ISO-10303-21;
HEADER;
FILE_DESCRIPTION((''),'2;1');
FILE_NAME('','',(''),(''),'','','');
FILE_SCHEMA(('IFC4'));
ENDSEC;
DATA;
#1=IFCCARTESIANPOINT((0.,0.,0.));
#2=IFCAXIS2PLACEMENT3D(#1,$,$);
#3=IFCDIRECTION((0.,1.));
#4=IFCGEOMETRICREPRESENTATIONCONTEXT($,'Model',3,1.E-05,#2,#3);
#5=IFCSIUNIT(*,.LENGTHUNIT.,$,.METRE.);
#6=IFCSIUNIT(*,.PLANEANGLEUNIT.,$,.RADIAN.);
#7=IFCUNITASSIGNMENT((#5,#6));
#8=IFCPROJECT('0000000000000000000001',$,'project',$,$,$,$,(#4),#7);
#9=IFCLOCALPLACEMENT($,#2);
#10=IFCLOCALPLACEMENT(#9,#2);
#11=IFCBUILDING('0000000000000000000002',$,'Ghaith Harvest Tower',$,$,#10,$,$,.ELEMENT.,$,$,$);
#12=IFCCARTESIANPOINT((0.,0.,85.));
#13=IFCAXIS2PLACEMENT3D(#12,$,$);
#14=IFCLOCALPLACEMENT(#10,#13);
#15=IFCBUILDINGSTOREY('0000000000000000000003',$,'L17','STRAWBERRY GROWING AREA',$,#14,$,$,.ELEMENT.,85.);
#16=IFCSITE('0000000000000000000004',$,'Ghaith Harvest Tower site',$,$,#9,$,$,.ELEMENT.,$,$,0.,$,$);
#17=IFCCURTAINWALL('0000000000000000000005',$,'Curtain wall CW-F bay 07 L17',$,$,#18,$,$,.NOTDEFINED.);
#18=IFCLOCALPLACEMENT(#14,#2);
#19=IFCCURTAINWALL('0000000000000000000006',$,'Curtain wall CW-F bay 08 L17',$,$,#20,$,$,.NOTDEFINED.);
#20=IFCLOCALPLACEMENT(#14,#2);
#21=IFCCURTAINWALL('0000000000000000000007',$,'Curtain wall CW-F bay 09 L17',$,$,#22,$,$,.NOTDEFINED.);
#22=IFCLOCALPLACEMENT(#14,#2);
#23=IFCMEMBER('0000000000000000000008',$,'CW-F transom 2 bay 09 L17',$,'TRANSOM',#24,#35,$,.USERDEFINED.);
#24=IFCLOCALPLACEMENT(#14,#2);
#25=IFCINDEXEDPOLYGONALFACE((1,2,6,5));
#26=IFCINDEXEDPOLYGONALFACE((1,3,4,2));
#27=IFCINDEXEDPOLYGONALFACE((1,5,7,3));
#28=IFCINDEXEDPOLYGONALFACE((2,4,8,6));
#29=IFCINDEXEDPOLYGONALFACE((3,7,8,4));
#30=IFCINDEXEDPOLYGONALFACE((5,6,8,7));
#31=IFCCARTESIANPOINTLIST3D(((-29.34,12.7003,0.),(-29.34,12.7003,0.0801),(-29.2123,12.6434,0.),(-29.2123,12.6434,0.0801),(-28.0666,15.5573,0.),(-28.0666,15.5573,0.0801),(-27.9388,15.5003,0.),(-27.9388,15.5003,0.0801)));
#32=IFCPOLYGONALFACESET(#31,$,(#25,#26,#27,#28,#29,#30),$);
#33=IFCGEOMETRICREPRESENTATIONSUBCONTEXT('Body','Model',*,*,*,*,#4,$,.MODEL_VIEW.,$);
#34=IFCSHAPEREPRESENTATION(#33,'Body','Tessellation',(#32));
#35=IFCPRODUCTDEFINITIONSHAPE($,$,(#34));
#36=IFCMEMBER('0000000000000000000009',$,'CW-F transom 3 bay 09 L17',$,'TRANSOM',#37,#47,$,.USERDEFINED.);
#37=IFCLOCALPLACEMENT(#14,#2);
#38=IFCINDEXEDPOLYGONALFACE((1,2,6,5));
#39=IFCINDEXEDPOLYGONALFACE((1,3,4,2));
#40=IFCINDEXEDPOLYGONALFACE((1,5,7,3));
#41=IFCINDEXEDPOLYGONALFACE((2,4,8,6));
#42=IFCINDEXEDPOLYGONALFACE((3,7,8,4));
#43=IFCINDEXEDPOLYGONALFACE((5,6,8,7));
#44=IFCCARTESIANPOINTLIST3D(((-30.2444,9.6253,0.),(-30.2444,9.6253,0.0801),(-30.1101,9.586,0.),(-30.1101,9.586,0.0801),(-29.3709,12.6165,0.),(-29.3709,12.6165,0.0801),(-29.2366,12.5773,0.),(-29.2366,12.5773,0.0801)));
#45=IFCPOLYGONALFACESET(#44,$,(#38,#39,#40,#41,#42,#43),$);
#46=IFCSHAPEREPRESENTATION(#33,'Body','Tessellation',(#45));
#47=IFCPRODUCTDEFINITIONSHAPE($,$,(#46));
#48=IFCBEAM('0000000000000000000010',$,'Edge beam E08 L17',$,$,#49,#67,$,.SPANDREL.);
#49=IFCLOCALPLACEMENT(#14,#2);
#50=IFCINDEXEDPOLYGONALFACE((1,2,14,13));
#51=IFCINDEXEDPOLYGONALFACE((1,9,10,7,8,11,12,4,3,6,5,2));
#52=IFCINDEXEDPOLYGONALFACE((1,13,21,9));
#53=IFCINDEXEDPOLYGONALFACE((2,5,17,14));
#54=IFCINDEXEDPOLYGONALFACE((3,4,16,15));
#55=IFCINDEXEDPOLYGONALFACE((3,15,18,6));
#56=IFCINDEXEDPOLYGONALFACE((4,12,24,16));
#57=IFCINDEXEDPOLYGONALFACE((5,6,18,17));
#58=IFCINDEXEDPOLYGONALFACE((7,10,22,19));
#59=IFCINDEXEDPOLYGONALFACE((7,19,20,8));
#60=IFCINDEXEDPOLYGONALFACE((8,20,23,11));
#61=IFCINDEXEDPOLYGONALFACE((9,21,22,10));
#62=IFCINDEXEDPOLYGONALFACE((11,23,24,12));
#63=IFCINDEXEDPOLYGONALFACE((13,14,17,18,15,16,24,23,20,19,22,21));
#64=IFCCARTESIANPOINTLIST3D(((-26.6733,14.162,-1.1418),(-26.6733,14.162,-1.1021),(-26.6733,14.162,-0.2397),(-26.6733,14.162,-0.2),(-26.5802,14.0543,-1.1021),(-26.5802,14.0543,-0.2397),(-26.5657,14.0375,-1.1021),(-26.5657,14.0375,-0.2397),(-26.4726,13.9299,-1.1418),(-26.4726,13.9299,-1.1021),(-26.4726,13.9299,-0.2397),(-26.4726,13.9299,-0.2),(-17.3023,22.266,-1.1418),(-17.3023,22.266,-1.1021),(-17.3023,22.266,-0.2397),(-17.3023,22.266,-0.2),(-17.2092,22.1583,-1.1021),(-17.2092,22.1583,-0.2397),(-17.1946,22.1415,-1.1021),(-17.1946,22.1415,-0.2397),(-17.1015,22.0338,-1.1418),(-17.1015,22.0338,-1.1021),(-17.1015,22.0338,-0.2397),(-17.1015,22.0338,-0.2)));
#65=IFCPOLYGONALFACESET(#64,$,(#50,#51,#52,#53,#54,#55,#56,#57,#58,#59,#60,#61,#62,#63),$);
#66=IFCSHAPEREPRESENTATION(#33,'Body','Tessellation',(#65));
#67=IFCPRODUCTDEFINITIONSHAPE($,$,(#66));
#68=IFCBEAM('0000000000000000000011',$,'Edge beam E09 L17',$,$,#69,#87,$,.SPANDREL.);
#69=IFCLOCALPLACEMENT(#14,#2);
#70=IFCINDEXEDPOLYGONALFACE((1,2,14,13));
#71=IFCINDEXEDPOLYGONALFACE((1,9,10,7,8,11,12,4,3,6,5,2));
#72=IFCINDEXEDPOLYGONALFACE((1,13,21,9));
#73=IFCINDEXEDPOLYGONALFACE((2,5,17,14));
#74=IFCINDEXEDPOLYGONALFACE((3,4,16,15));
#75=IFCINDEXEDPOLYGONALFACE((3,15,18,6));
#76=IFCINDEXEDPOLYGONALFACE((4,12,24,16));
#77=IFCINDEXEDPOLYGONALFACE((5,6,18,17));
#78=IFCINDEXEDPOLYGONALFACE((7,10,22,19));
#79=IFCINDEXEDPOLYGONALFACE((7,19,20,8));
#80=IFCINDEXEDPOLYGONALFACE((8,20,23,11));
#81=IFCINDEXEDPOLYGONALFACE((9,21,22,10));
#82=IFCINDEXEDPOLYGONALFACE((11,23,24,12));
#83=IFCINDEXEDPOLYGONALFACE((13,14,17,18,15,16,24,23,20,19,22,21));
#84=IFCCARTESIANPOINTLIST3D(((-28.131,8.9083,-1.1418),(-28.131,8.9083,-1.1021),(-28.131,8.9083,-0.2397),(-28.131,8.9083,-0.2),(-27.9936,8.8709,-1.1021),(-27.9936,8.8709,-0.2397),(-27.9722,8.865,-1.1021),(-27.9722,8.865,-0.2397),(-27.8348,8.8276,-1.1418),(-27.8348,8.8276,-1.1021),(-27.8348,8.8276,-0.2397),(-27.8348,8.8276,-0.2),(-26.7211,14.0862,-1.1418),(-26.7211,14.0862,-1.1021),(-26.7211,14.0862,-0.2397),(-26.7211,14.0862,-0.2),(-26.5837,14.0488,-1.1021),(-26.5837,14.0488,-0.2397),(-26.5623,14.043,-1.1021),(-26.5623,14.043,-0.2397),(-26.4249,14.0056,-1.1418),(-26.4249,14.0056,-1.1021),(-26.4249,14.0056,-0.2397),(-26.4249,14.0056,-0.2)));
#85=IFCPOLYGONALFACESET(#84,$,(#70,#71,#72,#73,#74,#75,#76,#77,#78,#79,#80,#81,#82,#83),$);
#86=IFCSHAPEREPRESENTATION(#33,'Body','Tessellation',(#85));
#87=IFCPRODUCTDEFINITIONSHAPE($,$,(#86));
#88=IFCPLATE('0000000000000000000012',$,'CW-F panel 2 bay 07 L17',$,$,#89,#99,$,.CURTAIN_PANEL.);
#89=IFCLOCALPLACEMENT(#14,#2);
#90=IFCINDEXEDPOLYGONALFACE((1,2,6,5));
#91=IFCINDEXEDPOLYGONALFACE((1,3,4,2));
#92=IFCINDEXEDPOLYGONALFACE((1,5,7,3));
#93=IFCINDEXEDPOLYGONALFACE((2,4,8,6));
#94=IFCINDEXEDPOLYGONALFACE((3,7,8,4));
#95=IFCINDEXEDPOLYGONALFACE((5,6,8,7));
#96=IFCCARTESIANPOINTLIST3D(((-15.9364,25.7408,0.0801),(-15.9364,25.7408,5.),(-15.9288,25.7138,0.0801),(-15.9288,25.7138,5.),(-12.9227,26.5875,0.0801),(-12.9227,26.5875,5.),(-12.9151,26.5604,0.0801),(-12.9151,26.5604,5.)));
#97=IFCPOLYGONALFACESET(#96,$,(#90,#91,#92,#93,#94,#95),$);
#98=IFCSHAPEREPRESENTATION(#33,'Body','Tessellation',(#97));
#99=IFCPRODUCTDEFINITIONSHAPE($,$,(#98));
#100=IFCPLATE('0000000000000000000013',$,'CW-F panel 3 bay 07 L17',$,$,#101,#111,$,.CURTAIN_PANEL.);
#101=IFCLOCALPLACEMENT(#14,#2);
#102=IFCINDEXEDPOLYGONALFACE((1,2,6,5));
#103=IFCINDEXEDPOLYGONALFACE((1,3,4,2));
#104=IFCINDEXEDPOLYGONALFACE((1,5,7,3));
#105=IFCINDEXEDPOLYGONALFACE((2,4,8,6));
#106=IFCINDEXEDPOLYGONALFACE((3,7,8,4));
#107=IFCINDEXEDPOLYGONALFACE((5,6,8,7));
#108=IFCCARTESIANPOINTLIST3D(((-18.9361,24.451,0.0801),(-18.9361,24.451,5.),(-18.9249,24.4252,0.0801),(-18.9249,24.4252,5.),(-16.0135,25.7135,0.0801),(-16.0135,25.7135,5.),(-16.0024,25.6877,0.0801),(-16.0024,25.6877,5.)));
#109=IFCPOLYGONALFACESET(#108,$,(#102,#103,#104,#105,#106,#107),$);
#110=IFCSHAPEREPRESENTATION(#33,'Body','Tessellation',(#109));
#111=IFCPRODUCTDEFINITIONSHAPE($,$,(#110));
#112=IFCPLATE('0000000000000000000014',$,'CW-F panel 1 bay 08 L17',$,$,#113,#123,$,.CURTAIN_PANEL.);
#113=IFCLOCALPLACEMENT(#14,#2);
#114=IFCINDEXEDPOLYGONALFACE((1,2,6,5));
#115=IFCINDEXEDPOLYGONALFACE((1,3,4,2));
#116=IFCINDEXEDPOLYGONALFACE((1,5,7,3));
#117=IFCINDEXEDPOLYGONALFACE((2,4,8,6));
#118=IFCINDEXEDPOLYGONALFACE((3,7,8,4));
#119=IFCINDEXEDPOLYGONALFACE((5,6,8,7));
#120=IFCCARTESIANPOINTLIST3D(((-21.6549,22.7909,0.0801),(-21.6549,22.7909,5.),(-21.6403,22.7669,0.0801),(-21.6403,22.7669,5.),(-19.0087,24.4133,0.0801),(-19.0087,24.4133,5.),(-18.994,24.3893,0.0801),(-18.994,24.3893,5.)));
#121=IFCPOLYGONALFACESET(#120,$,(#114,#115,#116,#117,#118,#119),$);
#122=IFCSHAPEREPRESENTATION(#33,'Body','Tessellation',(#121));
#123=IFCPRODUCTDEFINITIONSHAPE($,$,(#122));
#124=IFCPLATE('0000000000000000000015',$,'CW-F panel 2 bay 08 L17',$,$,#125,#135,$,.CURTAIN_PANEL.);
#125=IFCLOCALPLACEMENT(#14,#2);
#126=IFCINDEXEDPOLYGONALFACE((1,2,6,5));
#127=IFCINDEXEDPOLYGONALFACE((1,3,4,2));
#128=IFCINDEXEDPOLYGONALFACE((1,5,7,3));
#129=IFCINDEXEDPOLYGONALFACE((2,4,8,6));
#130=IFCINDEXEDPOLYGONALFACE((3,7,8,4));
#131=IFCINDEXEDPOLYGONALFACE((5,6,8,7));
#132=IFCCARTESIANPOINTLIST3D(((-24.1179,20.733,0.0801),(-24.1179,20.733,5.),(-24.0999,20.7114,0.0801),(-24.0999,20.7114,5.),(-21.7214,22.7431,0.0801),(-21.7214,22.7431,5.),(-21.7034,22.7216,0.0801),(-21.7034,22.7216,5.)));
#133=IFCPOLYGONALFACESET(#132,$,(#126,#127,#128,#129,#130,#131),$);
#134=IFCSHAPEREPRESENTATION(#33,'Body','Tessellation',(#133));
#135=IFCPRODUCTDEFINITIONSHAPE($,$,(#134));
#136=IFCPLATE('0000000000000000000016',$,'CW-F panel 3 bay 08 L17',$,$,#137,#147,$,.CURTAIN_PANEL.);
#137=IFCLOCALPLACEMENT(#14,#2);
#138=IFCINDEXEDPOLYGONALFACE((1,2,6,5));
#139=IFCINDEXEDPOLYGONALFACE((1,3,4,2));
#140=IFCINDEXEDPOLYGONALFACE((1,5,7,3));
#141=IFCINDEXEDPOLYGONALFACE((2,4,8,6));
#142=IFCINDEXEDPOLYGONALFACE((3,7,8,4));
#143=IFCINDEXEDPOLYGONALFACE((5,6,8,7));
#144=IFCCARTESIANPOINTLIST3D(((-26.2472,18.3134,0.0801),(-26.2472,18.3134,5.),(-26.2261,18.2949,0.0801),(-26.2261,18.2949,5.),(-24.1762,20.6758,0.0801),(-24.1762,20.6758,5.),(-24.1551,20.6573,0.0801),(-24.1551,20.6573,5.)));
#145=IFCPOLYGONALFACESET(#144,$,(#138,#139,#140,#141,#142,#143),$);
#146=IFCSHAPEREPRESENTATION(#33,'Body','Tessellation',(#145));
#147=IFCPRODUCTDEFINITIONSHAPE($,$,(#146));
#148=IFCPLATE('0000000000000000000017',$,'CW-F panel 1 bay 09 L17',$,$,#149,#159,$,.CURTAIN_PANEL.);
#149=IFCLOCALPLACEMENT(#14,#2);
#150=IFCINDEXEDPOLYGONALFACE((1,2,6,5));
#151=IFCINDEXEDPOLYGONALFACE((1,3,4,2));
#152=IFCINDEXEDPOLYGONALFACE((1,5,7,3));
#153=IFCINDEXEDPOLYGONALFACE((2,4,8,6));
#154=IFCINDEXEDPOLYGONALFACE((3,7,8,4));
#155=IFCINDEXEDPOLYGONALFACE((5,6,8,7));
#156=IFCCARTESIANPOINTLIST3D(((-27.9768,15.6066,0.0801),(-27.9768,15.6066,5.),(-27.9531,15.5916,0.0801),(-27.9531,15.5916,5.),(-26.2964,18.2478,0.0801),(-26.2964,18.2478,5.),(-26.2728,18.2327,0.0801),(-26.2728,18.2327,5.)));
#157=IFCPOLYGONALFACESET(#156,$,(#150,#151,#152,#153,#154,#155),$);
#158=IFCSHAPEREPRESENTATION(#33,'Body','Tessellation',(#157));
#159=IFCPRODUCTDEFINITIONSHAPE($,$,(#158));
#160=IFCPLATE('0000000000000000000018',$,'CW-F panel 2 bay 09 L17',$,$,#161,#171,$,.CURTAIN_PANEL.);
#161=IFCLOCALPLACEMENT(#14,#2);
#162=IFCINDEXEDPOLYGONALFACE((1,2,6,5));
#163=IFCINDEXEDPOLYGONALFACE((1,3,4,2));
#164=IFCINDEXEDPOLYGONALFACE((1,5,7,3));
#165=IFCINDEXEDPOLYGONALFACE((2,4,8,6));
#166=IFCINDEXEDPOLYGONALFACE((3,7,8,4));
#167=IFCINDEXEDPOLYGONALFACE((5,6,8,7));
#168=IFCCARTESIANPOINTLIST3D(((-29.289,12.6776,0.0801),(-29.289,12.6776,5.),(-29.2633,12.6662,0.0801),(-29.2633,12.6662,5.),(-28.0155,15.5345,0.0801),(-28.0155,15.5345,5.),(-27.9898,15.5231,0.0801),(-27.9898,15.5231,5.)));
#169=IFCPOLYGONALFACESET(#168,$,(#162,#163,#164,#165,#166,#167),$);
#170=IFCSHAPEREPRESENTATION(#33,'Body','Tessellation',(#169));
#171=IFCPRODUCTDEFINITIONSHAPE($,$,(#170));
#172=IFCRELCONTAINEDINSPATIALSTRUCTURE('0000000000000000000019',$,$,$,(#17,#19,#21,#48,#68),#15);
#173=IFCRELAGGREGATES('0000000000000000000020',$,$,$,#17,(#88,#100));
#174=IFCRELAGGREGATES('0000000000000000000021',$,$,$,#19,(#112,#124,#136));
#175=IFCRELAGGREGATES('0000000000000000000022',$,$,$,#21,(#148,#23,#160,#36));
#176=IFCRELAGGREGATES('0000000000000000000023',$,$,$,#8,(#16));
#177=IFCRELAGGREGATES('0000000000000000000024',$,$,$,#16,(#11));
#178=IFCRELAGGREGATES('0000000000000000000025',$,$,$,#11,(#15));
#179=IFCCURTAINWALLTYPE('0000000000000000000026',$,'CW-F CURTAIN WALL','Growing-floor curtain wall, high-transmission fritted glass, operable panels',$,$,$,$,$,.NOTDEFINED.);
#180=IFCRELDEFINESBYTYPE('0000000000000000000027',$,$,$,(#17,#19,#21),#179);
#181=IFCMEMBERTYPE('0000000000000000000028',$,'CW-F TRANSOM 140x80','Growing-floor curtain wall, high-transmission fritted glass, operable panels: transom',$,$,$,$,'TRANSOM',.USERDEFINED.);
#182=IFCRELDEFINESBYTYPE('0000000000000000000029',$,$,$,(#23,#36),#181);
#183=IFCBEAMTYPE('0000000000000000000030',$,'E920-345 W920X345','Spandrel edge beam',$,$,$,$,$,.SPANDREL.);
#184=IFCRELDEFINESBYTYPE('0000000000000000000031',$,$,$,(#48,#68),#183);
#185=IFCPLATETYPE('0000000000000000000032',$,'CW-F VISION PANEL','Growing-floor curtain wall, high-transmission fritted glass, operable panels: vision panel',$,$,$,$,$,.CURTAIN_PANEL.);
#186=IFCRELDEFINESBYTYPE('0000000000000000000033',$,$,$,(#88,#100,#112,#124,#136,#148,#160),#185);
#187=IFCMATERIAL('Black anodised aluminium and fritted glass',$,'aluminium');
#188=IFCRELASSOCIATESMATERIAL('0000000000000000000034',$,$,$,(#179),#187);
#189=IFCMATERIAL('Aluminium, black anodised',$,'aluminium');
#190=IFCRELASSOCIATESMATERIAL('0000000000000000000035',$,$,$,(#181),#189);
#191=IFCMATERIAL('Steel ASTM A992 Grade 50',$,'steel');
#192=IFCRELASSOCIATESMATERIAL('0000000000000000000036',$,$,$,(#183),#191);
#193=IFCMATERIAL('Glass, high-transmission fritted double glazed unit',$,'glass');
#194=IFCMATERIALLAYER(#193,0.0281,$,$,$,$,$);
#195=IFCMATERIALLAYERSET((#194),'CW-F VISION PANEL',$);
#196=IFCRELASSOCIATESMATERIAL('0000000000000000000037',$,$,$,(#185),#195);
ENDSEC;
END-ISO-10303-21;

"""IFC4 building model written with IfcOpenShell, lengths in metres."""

from ifc_helpers import new_model, si_unit, direction, frame, origin, origin_2d, place, context, subcontext, project, spatial, rectangle, i_section, extrude, material, layer, layer_set, material_profile, profile_set, type_object, element, aggregate, save


model = new_model("IFC4")

# Units and contexts
model_context = context("Model", 3, precision=1e-05, world=origin(), true_north=direction((0.0, 1.0)))
body_context = subcontext(model_context, "Body", "Model", "MODEL_VIEW")
ifc_project = project(units=[si_unit("LENGTHUNIT", "METRE"), si_unit("PLANEANGLEUNIT", "RADIAN")], contexts=[model_context])

# Site, building, storey
site_placement = place(None, origin())
site = spatial("IfcSite", under=ifc_project, at=site_placement, Name="Ghaith Harvest Tower site", CompositionType="ELEMENT", RefElevation=0.0)
building_placement = place(site_placement, origin())
building = spatial("IfcBuilding", under=site, at=building_placement, Name="Ghaith Harvest Tower", CompositionType="ELEMENT")
storey_placement = place(building_placement, frame((0.0, 0.0, 85.0)))
storey = spatial("IfcBuildingStorey", under=building, at=storey_placement, Name="L17", Description="STRAWBERRY GROWING AREA", CompositionType="ELEMENT", Elevation=85.0)

# Curtain wall
ifc_material_1 = material(Name="Black anodised aluminium and fritted glass", Category="aluminium")
curtain_wall_type = type_object("IfcCurtainWallType", Name="CW-F CURTAIN WALL", Description="Growing-floor curtain wall, high-transmission fritted glass, operable panels", PredefinedType="NOTDEFINED", material=ifc_material_1)
curtain_wall_1_placement = place(storey_placement, origin())
curtain_wall_1 = element("IfcCurtainWall", 1, at=curtain_wall_1_placement, inside=storey, type_object=curtain_wall_type, Name="Curtain wall CW-F bay 07 L17", PredefinedType="NOTDEFINED")

# Curtain walls
curtain_wall_2_placement = place(storey_placement, origin())
curtain_wall_2 = element("IfcCurtainWall", 2, at=curtain_wall_2_placement, inside=storey, type_object=curtain_wall_type, Name="Curtain wall CW-F bay 08 L17", PredefinedType="NOTDEFINED")
curtain_wall_3_placement = place(storey_placement, origin())
curtain_wall_3 = element("IfcCurtainWall", 3, at=curtain_wall_3_placement, inside=storey, type_object=curtain_wall_type, Name="Curtain wall CW-F bay 09 L17", PredefinedType="NOTDEFINED")

# Members
ifc_material_2 = material(Name="Aluminium, black anodised", Category="aluminium")
ifc_material_profile_1 = material_profile(ifc_material_2, rectangle(XDim=0.1399, YDim=0.0801, at=origin_2d()), Name="CW-F TRANSOM 140x80")
ifc_profile_set_1 = profile_set([ifc_material_profile_1], Name="Aluminium, black anodised")
member_type_1 = type_object("IfcMemberType", Name="CW-F TRANSOM 140x80", Description="Growing-floor curtain wall, high-transmission fritted glass, operable panels: transom", ElementType="TRANSOM", PredefinedType="USERDEFINED", material=ifc_profile_set_1)
member_1_placement = place(storey_placement, frame((-28.0027, 15.5288, 0.04), z_axis=(-0.407123, -0.913373, 0.0), x_axis=(0.913373, -0.407123, 0.0)))
member_1 = element("IfcMember", 4, at=member_1_placement, type_object=member_type_1, Name="CW-F transom 2 bay 09 L17", ObjectType="TRANSOM", PredefinedType="USERDEFINED", context=body_context, shape_type="SweptSolid", body=[
    extrude(rectangle(XDim=0.1399, YDim=0.0801, at=origin_2d()), origin(), (0.0, 0.0, 1.0), 3.1279),
])
member_2_placement = place(storey_placement, frame((-29.3037, 12.5969, 0.04), z_axis=(-0.280325, -0.959905, 0.0), x_axis=(0.959905, -0.280325, 0.0)))
member_2 = element("IfcMember", 5, at=member_2_placement, type_object=member_type_1, Name="CW-F transom 3 bay 09 L17", ObjectType="TRANSOM", PredefinedType="USERDEFINED", context=body_context, shape_type="SweptSolid", body=[
    extrude(rectangle(XDim=0.1399, YDim=0.0801, at=origin_2d()), origin(), (0.0, 0.0, 1.0), 3.1162),
])

# Beams
ifc_material_3 = material(Name="Steel ASTM A992 Grade 50", Category="steel")
ifc_material_profile_2 = material_profile(ifc_material_3, i_section(OverallWidth=0.3069, OverallDepth=0.9419, WebThickness=0.0222, FlangeThickness=0.0398, at=origin_2d()), Name="W920X345")
ifc_profile_set_2 = profile_set([ifc_material_profile_2], Name="Steel ASTM A992 Grade 50")
beam_type = type_object("IfcBeamType", Name="E920-345 W920X345", Description="Spandrel edge beam", PredefinedType="SPANDREL", material=ifc_profile_set_2)
beam_1_placement = place(storey_placement, frame((-17.2019, 22.1499, -0.6709), z_axis=(-0.756392, -0.654118, 0.0), x_axis=(0.654118, -0.756392, 0.0)))
element("IfcBeam", 6, at=beam_1_placement, inside=storey, type_object=beam_type, Name="Edge beam E08 L17", PredefinedType="SPANDREL", context=body_context, shape_type="SweptSolid", body=[
    extrude(i_section(OverallWidth=0.3069, OverallDepth=0.9419, WebThickness=0.0222, FlangeThickness=0.0398, at=origin_2d()), origin(), (0.0, 0.0, 1.0), 12.3892),
])
beam_2_placement = place(storey_placement, frame((-26.573, 14.0459, -0.6709), z_axis=(-0.262725, -0.964871, 0.0), x_axis=(0.964871, -0.262725, 0.0)))
element("IfcBeam", 7, at=beam_2_placement, inside=storey, type_object=beam_type, Name="Edge beam E09 L17", PredefinedType="SPANDREL", context=body_context, shape_type="SweptSolid", body=[
    extrude(i_section(OverallWidth=0.3069, OverallDepth=0.9419, WebThickness=0.0222, FlangeThickness=0.0398, at=origin_2d()), origin(), (0.0, 0.0, 1.0), 5.3665),
])

# Plates
ifc_material_4 = material(Name="Glass, high-transmission fritted double glazed unit", Category="glass")
ifc_layer_1 = layer(ifc_material_4, 0.0281)
ifc_layer_set_1 = layer_set([ifc_layer_1], Name="CW-F VISION PANEL")
plate_type = type_object("IfcPlateType", Name="CW-F VISION PANEL", Description="Growing-floor curtain wall, high-transmission fritted glass, operable panels: vision panel", PredefinedType="CURTAIN_PANEL", material=ifc_layer_set_1)
plate_1_placement = place(storey_placement, frame((-14.4258, 26.1506, 0.0801), z_axis=(0.0, 0.0, 1.0), x_axis=(-0.96273, -0.270465, 0.0)))
plate_1 = element("IfcPlate", 8, at=plate_1_placement, type_object=plate_type, Name="CW-F panel 2 bay 07 L17", PredefinedType="CURTAIN_PANEL", context=body_context, shape_type="SweptSolid", body=[
    extrude(rectangle(XDim=3.1304, YDim=0.0281, at=origin_2d()), origin(), (0.0, 0.0, 1.0), 4.9199),
])
plate_2_placement = place(storey_placement, frame((-17.4692, 25.0693, 0.0801), z_axis=(0.0, 0.0, 1.0), x_axis=(-0.918003, -0.396574, 0.0)))
plate_2 = element("IfcPlate", 9, at=plate_2_placement, type_object=plate_type, Name="CW-F panel 3 bay 07 L17", PredefinedType="CURTAIN_PANEL", context=body_context, shape_type="SweptSolid", body=[
    extrude(rectangle(XDim=3.1836, YDim=0.0281, at=origin_2d()), origin(), (0.0, 0.0, 1.0), 4.9199),
])
aggregate(curtain_wall_1, [plate_1, plate_2])
plate_3_placement = place(storey_placement, frame((-20.3245, 23.5901, 0.0801), z_axis=(0.0, 0.0, 1.0), x_axis=(-0.852528, -0.522682, 0.0)))
plate_3 = element("IfcPlate", 10, at=plate_3_placement, type_object=plate_type, Name="CW-F panel 1 bay 08 L17", PredefinedType="CURTAIN_PANEL", context=body_context, shape_type="SweptSolid", body=[
    extrude(rectangle(XDim=3.104, YDim=0.0281, at=origin_2d()), origin(), (0.0, 0.0, 1.0), 4.9199),
])
plate_4_placement = place(storey_placement, frame((-22.9106, 21.7273, 0.0801), z_axis=(0.0, 0.0, 1.0), x_axis=(-0.766155, -0.642656, 0.0)))
plate_4 = element("IfcPlate", 11, at=plate_4_placement, type_object=plate_type, Name="CW-F panel 2 bay 08 L17", PredefinedType="CURTAIN_PANEL", context=body_context, shape_type="SweptSolid", body=[
    extrude(rectangle(XDim=3.1279, YDim=0.0281, at=origin_2d()), origin(), (0.0, 0.0, 1.0), 4.9199),
])
plate_5_placement = place(storey_placement, frame((-25.2012, 19.4854, 0.0801), z_axis=(0.0, 0.0, 1.0), x_axis=(-0.659216, -0.751954, 0.0)))
plate_5 = element("IfcPlate", 12, at=plate_5_placement, type_object=plate_type, Name="CW-F panel 3 bay 08 L17", PredefinedType="CURTAIN_PANEL", context=body_context, shape_type="SweptSolid", body=[
    extrude(rectangle(XDim=3.1416, YDim=0.0281, at=origin_2d()), origin(), (0.0, 0.0, 1.0), 4.9199),
])
aggregate(curtain_wall_2, [plate_3, plate_4, plate_5])
plate_6_placement = place(storey_placement, frame((-27.1248, 16.9197, 0.0801), z_axis=(0.0, 0.0, 1.0), x_axis=(-0.536779, -0.843723, 0.0)))
plate_6 = element("IfcPlate", 13, at=plate_6_placement, type_object=plate_type, Name="CW-F panel 1 bay 09 L17", PredefinedType="CURTAIN_PANEL", context=body_context, shape_type="SweptSolid", body=[
    extrude(rectangle(XDim=3.1304, YDim=0.0281, at=origin_2d()), origin(), (0.0, 0.0, 1.0), 4.9199),
])
plate_7_placement = place(storey_placement, frame((-28.6394, 14.1003, 0.0801), z_axis=(0.0, 0.0, 1.0), x_axis=(-0.407134, -0.913368, 0.0)))
plate_7 = element("IfcPlate", 14, at=plate_7_placement, type_object=plate_type, Name="CW-F panel 2 bay 09 L17", PredefinedType="CURTAIN_PANEL", context=body_context, shape_type="SweptSolid", body=[
    extrude(rectangle(XDim=3.1279, YDim=0.0281, at=origin_2d()), origin(), (0.0, 0.0, 1.0), 4.9199),
])
aggregate(curtain_wall_3, [plate_6, member_1, plate_7, member_2])

save(model, "model.ifc")
